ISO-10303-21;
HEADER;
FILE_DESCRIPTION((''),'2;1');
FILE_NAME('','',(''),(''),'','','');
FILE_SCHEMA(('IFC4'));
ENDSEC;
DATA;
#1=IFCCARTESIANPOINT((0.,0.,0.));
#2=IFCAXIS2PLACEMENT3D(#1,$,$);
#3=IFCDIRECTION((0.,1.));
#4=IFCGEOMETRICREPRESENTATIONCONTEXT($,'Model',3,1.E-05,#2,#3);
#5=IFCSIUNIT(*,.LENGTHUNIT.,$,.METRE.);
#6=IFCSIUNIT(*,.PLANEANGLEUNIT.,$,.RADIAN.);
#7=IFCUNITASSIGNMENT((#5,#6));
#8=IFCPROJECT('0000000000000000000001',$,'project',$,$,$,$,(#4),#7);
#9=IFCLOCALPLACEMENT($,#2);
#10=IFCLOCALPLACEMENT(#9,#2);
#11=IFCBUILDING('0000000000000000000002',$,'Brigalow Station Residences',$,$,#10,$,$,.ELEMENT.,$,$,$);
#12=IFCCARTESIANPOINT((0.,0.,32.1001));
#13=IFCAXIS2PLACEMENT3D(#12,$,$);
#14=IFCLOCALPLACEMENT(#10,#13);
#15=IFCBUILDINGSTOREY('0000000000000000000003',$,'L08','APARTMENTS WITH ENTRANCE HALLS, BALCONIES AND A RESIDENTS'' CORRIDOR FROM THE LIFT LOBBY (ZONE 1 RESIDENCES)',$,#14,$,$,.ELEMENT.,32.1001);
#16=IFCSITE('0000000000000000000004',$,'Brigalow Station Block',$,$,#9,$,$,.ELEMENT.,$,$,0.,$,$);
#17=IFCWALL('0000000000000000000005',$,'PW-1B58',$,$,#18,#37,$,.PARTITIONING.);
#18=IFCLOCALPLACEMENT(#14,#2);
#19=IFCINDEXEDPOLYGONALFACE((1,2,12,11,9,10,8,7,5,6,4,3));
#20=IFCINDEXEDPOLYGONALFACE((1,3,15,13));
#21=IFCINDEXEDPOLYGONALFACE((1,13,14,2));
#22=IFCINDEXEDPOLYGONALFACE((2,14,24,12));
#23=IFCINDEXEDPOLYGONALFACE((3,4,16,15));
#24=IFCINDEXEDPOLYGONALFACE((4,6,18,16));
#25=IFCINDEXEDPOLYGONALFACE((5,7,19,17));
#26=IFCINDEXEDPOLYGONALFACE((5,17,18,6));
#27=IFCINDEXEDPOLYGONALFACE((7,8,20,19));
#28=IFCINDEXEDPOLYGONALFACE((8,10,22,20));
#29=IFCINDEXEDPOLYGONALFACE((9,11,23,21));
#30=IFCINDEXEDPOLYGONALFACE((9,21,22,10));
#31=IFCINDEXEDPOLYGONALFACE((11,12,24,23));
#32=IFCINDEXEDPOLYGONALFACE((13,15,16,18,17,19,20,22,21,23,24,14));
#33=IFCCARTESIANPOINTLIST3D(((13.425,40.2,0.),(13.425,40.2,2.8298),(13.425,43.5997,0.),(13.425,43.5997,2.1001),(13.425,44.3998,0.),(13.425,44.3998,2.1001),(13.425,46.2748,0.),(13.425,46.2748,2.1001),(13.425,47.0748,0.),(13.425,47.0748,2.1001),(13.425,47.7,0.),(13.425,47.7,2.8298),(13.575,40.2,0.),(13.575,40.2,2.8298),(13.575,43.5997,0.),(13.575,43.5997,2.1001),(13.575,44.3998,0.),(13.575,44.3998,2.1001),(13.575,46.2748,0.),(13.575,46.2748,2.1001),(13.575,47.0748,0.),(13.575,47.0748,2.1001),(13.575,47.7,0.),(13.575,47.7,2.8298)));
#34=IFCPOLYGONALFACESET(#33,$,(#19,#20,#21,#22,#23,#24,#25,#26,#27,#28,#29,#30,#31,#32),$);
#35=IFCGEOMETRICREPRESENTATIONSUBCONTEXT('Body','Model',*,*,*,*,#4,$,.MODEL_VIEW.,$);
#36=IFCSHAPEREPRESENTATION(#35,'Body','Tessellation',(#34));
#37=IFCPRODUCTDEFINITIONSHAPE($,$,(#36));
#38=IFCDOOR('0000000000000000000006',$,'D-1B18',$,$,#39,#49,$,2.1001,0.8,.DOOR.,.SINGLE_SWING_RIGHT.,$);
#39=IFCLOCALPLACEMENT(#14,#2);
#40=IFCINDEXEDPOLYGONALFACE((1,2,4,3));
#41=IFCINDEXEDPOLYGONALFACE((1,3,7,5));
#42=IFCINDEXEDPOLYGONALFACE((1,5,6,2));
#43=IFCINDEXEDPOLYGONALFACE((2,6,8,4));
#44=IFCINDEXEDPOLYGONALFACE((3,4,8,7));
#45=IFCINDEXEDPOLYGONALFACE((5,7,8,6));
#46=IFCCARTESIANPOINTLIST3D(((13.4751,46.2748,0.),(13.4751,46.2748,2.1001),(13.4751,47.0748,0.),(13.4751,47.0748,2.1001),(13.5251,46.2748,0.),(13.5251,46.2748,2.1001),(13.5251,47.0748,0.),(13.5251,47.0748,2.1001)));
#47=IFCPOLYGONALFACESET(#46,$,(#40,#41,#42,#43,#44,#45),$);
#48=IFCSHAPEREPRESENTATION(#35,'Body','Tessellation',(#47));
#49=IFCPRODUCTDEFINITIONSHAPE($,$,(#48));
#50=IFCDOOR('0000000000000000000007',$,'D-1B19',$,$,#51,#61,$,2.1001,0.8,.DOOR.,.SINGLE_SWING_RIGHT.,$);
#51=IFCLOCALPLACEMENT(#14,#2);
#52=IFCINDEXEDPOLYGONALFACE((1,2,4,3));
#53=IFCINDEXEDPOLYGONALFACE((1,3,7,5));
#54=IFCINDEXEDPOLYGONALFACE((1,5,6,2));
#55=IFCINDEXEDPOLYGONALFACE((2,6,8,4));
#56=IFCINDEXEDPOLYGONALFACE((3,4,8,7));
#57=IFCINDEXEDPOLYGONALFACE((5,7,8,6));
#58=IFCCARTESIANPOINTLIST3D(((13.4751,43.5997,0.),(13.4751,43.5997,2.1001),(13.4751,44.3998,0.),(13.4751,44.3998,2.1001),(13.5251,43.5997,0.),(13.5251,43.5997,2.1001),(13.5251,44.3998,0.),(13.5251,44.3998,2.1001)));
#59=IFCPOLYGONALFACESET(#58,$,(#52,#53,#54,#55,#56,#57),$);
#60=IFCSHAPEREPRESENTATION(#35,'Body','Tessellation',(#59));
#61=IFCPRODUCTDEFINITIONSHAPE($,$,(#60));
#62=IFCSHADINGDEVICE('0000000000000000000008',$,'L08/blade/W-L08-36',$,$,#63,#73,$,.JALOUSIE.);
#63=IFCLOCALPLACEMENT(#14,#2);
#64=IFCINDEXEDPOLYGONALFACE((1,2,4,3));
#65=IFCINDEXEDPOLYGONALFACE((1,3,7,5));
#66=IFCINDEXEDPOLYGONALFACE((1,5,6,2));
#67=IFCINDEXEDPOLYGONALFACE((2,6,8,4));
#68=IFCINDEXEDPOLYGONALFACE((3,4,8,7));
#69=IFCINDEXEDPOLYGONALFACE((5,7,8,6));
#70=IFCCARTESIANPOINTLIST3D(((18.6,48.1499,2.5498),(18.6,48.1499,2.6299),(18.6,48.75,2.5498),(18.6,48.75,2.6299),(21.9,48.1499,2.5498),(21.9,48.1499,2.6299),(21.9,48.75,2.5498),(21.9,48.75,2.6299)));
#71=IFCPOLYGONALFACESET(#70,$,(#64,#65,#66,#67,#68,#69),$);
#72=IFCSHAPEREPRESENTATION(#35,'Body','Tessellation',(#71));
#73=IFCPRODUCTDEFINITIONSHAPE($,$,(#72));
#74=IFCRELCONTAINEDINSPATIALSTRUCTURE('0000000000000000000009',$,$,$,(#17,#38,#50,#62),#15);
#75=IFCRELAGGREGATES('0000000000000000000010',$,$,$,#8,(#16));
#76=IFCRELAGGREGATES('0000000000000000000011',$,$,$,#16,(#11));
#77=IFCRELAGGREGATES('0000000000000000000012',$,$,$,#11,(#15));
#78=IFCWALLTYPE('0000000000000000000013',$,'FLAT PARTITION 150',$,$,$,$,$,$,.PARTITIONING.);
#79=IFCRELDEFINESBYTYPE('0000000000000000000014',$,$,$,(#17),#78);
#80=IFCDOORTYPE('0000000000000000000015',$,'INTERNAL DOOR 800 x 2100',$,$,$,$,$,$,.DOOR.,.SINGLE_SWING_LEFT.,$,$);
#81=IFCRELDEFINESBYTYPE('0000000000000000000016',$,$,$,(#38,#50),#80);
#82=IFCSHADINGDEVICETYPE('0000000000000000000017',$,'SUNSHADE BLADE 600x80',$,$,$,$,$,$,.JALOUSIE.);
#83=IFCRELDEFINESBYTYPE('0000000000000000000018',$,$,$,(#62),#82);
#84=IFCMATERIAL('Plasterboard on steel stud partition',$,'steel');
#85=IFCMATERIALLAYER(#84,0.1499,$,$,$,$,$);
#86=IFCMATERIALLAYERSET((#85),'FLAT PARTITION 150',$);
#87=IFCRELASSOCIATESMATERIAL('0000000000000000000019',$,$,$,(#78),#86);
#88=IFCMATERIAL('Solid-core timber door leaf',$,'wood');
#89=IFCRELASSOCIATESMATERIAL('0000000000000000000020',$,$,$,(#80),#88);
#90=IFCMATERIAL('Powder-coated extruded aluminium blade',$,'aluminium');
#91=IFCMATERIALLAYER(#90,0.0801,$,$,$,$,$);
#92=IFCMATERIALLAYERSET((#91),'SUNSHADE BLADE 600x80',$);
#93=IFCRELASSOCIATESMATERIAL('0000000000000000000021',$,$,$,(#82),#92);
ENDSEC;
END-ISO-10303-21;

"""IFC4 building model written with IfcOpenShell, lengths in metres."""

from ifc_helpers import new_model, si_unit, direction, frame, frame_2d, origin, origin_2d, place, context, subcontext, project, spatial, rectangle, extrude, material, layer, layer_set, type_object, element, fill, save


model = new_model("IFC4")

# Units and contexts
model_context = context("Model", 3, precision=1e-05, world=origin(), true_north=direction((0.0, 1.0)))
body_context = subcontext(model_context, "Body", "Model", "MODEL_VIEW")
ifc_project = project(units=[si_unit("LENGTHUNIT", "METRE"), si_unit("PLANEANGLEUNIT", "RADIAN")], contexts=[model_context])

# Site, building, storey
site_placement = place(None, origin())
site = spatial("IfcSite", under=ifc_project, at=site_placement, Name="Brigalow Station Block", CompositionType="ELEMENT", RefElevation=0.0)
building_placement = place(site_placement, origin())
building = spatial("IfcBuilding", under=site, at=building_placement, Name="Brigalow Station Residences", CompositionType="ELEMENT")
storey_placement = place(building_placement, frame((0.0, 0.0, 32.1001)))
storey = spatial("IfcBuildingStorey", under=building, at=storey_placement, Name="L08", Description="APARTMENTS WITH ENTRANCE HALLS, BALCONIES AND A RESIDENTS' CORRIDOR FROM THE LIFT LOBBY (ZONE 1 RESIDENCES)", CompositionType="ELEMENT", Elevation=32.1001)

# Shared definitions
ifc_material_1 = material(Name="Plasterboard on steel stud partition", Category="steel")
ifc_layer_1 = layer(ifc_material_1, 0.1499)
ifc_layer_set_1 = layer_set([ifc_layer_1], Name="FLAT PARTITION 150")
wall_type_1 = type_object("IfcWallType", Name="FLAT PARTITION 150", PredefinedType="PARTITIONING", material=ifc_layer_set_1)

# Wall, openings, doors
wall_1_placement = place(storey_placement, frame((13.5, 40.2, 0.0), z_axis=(0.0, 0.0, 1.0), x_axis=(0.0, 1.0, 0.0)))
wall_1 = element("IfcWall", 1, at=wall_1_placement, inside=storey, type_object=wall_type_1, Name="PW-1B58", PredefinedType="PARTITIONING", context=body_context, shape_type="SweptSolid", body=[
    extrude(rectangle(XDim=7.5, YDim=0.1499, at=frame_2d((3.75, 0.0))), origin(), (0.0, 0.0, 1.0), 2.8298),
])
opening_1_placement = place(wall_1_placement, frame((6.075, 0.0, 0.0)))
opening_1 = element("IfcOpeningElement", 2, at=opening_1_placement, cuts=wall_1, PredefinedType="OPENING", context=body_context, shape_type="SweptSolid", body=[
    extrude(rectangle(XDim=0.8, YDim=2.1001, at=frame_2d((0.3999, 1.05))), frame((0.0, 0.085, 0.0), z_axis=(0.0, -1.0, 0.0), x_axis=(1.0, 0.0, 0.0)), (0.0, 0.0, 1.0), 0.1699),
])
opening_2_placement = place(wall_1_placement, frame((3.3999, 0.0, 0.0)))
opening_2 = element("IfcOpeningElement", 3, at=opening_2_placement, cuts=wall_1, PredefinedType="OPENING", context=body_context, shape_type="SweptSolid", body=[
    extrude(rectangle(XDim=0.8, YDim=2.1001, at=frame_2d((0.3999, 1.05))), frame((0.0, 0.085, 0.0), z_axis=(0.0, -1.0, 0.0), x_axis=(1.0, 0.0, 0.0)), (0.0, 0.0, 1.0), 0.1699),
])
ifc_material_2 = material(Name="Solid-core timber door leaf", Category="wood")
door_type_1 = type_object("IfcDoorType", Name="INTERNAL DOOR 800 x 2100", OperationType="SINGLE_SWING_LEFT", PredefinedType="DOOR", material=ifc_material_2)
door_1_placement = place(opening_1_placement, origin())
door_1 = element("IfcDoor", 4, at=door_1_placement, inside=storey, type_object=door_type_1, Name="D-1B18", OperationType="SINGLE_SWING_RIGHT", OverallHeight=2.1001, OverallWidth=0.8, PredefinedType="DOOR", context=body_context, shape_type="SweptSolid", body=[
    extrude(rectangle(XDim=0.8, YDim=2.1001, at=frame_2d((0.3999, 1.05))), frame((0.0, 0.0249, 0.0), z_axis=(0.0, -1.0, 0.0), x_axis=(1.0, 0.0, 0.0)), (0.0, 0.0, 1.0), 0.05),
])
fill(opening_1, door_1)
door_2_placement = place(opening_2_placement, origin())
door_2 = element("IfcDoor", 5, at=door_2_placement, inside=storey, type_object=door_type_1, Name="D-1B19", OperationType="SINGLE_SWING_RIGHT", OverallHeight=2.1001, OverallWidth=0.8, PredefinedType="DOOR", context=body_context, shape_type="SweptSolid", body=[
    extrude(rectangle(XDim=0.8, YDim=2.1001, at=frame_2d((0.3999, 1.05))), frame((0.0, 0.0249, 0.0), z_axis=(0.0, -1.0, 0.0), x_axis=(1.0, 0.0, 0.0)), (0.0, 0.0, 1.0), 0.05),
])
fill(opening_2, door_2)

# Shading device
ifc_material_3 = material(Name="Powder-coated extruded aluminium blade", Category="aluminium")
ifc_layer_2 = layer(ifc_material_3, 0.0801)
ifc_layer_set_2 = layer_set([ifc_layer_2], Name="SUNSHADE BLADE 600x80")
shading_device_type = type_object("IfcShadingDeviceType", Name="SUNSHADE BLADE 600x80", PredefinedType="JALOUSIE", material=ifc_layer_set_2)
shading_device_placement = place(storey_placement, frame((20.25, 48.45, 2.5498), z_axis=(0.0, 0.0, 1.0), x_axis=(-1.0, 0.0, 0.0)))
element("IfcShadingDevice", 6, at=shading_device_placement, inside=storey, type_object=shading_device_type, Name="L08/blade/W-L08-36", PredefinedType="JALOUSIE", context=body_context, shape_type="SweptSolid", body=[
    extrude(rectangle(XDim=3.3, YDim=0.6001, at=origin_2d()), origin(), (0.0, 0.0, 1.0), 0.0801),
])

save(model, "model.ifc")
